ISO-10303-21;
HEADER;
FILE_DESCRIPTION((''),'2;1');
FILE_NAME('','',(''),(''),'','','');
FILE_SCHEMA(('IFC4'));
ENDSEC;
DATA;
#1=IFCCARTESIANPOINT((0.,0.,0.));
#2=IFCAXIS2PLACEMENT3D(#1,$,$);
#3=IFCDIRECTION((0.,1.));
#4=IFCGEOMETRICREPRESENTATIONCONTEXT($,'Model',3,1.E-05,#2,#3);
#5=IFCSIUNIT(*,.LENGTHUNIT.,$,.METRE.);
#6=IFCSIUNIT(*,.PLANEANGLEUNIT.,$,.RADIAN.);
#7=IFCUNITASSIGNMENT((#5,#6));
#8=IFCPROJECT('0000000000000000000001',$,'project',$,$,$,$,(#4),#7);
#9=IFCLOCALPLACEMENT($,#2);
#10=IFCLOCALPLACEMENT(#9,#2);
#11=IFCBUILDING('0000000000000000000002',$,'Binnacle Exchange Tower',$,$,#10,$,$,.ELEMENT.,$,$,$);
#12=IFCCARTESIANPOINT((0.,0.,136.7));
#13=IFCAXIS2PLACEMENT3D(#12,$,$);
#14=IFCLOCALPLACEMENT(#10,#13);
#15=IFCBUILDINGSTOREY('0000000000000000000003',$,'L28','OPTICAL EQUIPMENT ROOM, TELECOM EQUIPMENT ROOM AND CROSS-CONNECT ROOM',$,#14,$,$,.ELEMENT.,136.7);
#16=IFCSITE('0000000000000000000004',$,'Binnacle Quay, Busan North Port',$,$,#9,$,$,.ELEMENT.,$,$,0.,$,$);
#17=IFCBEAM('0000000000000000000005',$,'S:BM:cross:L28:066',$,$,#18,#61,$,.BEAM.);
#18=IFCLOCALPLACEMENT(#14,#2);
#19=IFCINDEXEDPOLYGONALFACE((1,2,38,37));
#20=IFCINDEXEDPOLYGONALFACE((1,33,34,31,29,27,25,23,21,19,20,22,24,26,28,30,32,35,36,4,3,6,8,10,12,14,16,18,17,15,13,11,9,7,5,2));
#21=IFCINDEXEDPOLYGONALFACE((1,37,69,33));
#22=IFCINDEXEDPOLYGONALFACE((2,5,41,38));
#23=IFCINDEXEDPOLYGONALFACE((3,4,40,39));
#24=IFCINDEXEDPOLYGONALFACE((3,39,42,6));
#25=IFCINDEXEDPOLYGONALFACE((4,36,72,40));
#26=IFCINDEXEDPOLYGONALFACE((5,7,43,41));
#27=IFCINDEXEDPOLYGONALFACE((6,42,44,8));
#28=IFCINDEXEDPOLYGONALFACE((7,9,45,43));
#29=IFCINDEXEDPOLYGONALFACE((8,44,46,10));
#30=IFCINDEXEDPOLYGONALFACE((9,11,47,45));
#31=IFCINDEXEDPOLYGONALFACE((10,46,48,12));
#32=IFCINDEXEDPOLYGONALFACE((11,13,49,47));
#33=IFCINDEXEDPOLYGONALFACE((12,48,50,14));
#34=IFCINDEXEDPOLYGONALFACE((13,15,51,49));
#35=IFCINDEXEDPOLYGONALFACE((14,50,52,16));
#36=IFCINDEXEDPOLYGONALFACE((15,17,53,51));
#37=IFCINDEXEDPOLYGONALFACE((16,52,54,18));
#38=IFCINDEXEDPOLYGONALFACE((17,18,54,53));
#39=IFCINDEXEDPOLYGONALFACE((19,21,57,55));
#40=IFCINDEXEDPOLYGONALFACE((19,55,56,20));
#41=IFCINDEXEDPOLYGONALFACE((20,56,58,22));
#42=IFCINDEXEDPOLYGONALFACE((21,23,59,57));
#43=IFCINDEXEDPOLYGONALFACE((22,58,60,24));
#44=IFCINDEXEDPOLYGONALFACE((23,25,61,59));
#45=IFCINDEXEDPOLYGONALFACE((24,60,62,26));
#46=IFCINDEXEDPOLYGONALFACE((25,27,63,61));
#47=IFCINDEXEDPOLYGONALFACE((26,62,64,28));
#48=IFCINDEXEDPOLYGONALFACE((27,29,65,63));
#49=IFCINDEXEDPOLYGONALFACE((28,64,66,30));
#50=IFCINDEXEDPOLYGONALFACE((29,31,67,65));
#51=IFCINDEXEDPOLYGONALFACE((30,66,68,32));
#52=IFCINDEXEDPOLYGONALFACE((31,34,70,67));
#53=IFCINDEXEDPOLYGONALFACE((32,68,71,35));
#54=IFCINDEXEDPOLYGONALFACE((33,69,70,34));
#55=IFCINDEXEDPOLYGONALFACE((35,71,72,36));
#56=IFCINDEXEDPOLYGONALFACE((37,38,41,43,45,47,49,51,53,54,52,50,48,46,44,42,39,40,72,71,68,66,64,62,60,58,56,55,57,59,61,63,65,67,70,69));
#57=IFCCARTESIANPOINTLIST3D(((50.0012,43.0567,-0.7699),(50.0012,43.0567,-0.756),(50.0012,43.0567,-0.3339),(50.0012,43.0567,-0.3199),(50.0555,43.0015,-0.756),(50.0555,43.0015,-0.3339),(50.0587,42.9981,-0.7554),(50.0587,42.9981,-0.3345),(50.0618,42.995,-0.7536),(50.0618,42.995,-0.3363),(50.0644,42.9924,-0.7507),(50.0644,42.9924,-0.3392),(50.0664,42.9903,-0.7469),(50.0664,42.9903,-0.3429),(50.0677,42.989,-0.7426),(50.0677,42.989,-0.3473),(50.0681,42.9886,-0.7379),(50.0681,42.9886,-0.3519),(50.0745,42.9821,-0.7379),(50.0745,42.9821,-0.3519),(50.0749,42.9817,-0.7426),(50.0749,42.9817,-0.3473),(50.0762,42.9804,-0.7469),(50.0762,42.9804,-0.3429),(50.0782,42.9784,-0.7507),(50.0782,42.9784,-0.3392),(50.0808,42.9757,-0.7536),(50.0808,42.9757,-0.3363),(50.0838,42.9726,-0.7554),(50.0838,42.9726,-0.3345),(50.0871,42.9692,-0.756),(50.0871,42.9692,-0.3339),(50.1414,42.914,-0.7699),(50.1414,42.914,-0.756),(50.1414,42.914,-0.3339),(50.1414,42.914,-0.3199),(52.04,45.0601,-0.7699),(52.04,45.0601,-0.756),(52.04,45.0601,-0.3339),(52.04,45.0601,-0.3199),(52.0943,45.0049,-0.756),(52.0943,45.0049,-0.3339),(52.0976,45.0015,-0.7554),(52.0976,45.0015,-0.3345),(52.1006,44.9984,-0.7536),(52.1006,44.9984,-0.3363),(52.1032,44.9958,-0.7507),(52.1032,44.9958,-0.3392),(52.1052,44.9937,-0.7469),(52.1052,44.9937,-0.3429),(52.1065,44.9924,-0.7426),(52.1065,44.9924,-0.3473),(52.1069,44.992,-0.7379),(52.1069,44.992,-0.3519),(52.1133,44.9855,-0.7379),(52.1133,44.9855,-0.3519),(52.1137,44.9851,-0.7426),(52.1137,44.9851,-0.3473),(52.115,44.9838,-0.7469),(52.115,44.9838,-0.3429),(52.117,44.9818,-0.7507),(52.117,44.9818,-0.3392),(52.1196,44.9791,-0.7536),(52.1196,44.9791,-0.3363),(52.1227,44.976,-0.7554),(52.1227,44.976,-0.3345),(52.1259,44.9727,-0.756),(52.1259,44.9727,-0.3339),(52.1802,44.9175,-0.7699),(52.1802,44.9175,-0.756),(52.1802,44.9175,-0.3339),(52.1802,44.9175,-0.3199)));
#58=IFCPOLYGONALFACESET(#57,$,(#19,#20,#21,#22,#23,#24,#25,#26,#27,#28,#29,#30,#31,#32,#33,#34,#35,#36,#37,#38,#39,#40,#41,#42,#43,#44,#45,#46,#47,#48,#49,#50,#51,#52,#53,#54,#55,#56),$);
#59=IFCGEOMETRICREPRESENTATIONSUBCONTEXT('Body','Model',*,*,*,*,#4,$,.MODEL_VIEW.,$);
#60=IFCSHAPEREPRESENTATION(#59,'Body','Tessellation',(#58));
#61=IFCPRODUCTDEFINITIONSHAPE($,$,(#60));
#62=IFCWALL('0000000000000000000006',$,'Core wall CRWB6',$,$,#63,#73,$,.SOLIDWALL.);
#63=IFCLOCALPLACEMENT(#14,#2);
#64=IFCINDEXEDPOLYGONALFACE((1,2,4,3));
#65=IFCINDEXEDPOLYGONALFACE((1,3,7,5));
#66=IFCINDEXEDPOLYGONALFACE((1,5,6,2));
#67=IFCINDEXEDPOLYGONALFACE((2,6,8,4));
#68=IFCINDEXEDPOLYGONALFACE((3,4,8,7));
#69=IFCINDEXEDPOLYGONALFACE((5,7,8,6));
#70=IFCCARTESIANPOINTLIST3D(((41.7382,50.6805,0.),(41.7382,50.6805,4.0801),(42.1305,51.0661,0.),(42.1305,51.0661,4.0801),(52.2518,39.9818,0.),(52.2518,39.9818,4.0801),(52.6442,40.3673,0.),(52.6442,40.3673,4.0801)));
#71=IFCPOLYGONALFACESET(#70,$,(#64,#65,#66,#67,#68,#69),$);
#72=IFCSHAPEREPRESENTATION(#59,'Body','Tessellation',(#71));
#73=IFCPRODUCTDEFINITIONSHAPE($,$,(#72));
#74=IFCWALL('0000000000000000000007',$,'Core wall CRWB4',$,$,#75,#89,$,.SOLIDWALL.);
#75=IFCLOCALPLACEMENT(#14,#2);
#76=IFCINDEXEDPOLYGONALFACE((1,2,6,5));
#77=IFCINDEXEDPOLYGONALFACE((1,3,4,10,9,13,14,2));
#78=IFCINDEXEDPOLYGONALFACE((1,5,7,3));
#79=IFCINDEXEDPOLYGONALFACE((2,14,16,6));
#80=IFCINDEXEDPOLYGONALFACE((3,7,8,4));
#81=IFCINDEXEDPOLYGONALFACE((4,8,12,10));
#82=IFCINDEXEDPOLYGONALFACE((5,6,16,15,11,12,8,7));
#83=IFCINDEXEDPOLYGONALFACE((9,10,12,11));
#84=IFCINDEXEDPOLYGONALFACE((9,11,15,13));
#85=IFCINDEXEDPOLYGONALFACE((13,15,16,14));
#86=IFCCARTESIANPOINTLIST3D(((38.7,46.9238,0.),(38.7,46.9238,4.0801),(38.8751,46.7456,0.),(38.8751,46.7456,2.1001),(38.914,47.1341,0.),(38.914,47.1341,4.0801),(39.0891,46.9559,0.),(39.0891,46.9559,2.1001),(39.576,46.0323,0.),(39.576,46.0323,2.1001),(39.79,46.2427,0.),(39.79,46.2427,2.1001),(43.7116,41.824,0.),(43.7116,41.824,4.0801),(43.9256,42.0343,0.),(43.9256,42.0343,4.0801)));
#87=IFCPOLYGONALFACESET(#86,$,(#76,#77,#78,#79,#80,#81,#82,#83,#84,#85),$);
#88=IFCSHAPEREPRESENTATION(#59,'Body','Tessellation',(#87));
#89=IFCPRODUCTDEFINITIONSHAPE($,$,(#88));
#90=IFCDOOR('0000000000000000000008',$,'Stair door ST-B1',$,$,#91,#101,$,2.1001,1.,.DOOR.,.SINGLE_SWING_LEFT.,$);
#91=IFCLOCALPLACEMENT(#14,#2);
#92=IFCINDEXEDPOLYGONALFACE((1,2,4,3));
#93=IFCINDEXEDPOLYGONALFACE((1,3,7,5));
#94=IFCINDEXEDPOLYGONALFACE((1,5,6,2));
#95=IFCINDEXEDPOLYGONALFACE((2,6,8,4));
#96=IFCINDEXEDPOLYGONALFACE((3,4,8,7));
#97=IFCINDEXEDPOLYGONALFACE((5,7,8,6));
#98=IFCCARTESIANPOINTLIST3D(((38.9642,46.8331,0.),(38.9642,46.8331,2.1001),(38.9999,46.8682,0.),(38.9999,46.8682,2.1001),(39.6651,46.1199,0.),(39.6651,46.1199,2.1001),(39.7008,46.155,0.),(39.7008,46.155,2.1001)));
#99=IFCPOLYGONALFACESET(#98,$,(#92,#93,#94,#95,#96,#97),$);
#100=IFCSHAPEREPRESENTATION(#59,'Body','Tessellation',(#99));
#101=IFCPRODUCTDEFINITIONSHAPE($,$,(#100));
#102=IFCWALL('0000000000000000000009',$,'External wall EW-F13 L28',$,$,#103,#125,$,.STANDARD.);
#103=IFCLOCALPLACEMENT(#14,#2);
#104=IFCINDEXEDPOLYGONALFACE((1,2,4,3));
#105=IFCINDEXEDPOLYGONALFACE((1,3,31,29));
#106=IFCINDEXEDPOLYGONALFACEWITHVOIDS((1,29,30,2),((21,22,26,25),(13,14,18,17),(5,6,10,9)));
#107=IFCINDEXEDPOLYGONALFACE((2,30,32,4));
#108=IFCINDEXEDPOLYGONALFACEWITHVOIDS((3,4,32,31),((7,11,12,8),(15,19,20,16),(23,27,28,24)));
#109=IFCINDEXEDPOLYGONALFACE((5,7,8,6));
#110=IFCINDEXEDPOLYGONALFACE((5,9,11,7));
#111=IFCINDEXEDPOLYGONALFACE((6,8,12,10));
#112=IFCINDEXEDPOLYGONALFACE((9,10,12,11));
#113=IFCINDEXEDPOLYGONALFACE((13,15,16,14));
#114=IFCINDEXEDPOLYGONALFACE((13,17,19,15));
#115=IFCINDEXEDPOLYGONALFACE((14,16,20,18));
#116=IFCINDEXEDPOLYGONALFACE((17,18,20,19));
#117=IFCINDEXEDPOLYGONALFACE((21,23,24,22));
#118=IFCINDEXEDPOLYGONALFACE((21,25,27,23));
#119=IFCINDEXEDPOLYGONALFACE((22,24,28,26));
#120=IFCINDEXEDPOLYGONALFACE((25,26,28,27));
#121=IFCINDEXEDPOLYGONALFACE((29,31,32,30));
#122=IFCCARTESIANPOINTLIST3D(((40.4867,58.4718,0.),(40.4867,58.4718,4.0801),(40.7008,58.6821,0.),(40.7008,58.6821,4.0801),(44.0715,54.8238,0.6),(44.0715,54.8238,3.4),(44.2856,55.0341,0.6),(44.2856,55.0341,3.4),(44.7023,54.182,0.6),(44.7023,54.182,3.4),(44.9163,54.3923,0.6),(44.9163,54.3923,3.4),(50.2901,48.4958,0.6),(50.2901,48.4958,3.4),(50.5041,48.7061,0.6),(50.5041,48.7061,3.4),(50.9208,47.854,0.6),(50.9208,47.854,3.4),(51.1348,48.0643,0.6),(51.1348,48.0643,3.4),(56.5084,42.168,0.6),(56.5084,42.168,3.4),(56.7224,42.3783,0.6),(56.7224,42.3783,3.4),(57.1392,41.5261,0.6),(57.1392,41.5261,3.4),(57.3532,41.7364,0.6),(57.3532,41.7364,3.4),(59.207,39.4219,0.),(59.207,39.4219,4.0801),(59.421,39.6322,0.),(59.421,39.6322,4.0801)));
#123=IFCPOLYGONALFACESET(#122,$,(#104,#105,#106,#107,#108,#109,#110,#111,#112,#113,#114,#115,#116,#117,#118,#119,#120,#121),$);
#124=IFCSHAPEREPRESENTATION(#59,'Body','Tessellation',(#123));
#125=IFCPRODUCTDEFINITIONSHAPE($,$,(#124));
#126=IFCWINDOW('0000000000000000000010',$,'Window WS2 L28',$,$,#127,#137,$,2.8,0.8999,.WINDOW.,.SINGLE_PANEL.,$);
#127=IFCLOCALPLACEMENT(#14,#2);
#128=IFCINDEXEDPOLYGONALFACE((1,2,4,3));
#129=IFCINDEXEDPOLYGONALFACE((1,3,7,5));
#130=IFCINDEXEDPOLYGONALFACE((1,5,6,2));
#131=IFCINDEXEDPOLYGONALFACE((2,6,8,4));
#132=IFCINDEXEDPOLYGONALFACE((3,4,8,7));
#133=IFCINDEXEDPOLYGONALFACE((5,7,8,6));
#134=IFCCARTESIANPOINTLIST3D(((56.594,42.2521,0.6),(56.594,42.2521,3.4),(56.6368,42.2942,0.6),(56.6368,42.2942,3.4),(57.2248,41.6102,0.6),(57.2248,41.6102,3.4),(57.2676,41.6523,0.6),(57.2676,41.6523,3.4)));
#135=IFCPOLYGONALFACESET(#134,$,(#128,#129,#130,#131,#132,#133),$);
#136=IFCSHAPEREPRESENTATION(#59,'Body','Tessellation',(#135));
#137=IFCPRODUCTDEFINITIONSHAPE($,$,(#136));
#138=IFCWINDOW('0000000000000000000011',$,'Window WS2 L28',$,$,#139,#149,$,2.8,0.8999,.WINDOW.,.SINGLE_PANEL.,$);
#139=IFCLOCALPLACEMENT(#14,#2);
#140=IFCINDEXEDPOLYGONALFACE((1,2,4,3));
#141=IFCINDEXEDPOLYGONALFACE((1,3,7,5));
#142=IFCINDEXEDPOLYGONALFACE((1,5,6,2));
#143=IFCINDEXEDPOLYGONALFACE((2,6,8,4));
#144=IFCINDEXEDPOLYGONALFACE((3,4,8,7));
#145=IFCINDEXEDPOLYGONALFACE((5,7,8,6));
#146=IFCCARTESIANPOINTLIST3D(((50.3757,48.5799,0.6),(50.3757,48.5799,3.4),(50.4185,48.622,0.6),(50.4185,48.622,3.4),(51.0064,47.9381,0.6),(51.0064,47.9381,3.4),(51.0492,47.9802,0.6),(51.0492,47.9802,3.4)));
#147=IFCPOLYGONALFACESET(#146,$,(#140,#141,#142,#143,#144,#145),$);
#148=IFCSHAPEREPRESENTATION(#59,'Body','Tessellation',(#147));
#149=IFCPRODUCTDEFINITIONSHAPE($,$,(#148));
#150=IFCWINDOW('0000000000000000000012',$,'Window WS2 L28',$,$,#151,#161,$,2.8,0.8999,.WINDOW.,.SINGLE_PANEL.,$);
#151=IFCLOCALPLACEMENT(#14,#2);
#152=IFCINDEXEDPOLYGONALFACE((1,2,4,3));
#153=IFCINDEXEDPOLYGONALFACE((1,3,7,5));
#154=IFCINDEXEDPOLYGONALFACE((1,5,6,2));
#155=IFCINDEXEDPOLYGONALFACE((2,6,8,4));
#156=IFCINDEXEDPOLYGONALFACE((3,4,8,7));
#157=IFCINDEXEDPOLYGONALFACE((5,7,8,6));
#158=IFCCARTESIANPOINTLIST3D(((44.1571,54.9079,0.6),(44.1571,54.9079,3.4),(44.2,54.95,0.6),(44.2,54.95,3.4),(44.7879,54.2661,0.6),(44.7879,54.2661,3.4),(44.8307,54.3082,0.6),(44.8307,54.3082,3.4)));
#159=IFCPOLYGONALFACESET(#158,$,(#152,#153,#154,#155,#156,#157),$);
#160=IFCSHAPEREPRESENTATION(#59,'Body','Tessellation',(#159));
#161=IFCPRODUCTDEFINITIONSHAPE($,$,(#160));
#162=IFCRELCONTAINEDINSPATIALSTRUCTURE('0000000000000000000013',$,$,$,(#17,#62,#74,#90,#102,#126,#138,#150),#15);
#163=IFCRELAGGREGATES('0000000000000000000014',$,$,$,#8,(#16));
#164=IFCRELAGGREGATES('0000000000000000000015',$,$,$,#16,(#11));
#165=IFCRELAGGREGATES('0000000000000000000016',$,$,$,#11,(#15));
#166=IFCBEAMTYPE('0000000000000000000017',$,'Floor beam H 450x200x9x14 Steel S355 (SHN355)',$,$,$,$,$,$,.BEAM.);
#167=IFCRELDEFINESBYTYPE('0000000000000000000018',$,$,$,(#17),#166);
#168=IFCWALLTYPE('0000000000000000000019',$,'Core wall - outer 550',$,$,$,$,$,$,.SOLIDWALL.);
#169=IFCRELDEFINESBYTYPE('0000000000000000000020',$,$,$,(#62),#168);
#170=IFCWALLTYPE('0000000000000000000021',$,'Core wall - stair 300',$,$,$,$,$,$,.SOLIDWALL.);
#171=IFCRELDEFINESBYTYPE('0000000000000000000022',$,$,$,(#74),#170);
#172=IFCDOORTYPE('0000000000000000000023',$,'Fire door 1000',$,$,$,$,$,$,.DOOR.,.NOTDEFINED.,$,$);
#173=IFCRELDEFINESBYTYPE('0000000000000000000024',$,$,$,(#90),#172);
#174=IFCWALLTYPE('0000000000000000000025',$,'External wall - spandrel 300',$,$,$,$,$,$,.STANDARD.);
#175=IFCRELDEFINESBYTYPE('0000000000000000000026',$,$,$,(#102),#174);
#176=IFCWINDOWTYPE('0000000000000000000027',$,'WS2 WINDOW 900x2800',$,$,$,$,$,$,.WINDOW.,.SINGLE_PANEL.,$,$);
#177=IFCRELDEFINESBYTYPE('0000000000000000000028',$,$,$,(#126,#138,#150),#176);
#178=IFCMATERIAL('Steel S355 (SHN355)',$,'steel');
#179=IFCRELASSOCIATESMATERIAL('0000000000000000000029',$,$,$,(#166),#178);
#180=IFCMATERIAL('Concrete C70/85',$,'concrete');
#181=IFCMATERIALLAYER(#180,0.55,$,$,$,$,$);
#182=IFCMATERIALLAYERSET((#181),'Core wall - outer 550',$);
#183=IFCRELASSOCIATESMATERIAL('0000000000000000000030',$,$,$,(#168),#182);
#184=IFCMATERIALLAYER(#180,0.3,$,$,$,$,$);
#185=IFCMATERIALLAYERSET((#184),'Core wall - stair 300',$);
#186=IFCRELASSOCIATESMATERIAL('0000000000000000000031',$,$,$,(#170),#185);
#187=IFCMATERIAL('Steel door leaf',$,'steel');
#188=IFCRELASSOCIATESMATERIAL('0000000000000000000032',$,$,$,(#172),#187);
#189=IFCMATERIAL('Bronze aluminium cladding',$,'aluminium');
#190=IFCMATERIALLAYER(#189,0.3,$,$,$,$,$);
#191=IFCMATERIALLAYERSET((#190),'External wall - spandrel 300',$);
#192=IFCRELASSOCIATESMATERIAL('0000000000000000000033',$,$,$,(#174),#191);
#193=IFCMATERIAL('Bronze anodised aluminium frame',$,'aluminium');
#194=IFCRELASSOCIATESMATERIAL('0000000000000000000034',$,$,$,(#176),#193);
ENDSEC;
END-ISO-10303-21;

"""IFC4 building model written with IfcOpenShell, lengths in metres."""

from ifc_helpers import new_model, si_unit, direction, frame, frame_2d, origin, origin_2d, place, context, subcontext, project, spatial, rectangle, i_section, extrude, material, layer, layer_set, material_profile, profile_set, type_object, element, fill, save


model = new_model("IFC4")

# Units and contexts
model_context = context("Model", 3, precision=1e-05, world=origin(), true_north=direction((0.0, 1.0)))
body_context = subcontext(model_context, "Body", "Model", "MODEL_VIEW")
ifc_project = project(units=[si_unit("LENGTHUNIT", "METRE"), si_unit("PLANEANGLEUNIT", "RADIAN")], contexts=[model_context])

# Site, building, storey
site_placement = place(None, origin())
site = spatial("IfcSite", under=ifc_project, at=site_placement, Name="Binnacle Quay, Busan North Port", CompositionType="ELEMENT", RefElevation=0.0)
building_placement = place(site_placement, origin())
building = spatial("IfcBuilding", under=site, at=building_placement, Name="Binnacle Exchange Tower", CompositionType="ELEMENT")
storey_placement = place(building_placement, frame((0.0, 0.0, 136.7)))
storey = spatial("IfcBuildingStorey", under=building, at=storey_placement, Name="L28", Description="OPTICAL EQUIPMENT ROOM, TELECOM EQUIPMENT ROOM AND CROSS-CONNECT ROOM", CompositionType="ELEMENT", Elevation=136.7)

# Shared definitions
ifc_material_1 = material(Name="Concrete C70/85", Category="concrete")

# Beam
ifc_material_2 = material(Name="Steel S355 (SHN355)", Category="steel")
ifc_material_profile_1 = material_profile(ifc_material_2, i_section(OverallWidth=0.2, OverallDepth=0.45, WebThickness=0.009, FlangeThickness=0.0139, FilletRadius=0.0181, at=origin_2d()), Name="H 450x200x9x14")
ifc_profile_set_1 = profile_set([ifc_material_profile_1], Name="Steel S355 (SHN355)")
beam_type_1 = type_object("IfcBeamType", Name="Floor beam H 450x200x9x14 Steel S355 (SHN355)", PredefinedType="BEAM", material=ifc_profile_set_1)
for number, where, z_axis, x_axis, name in (
    (1, (52.1101, 44.9888, -0.5449), (-0.713272, -0.700887, 0.0), (0.700887, -0.713272, 0.0), "S:BM:cross:L28:066"),
):
    element("IfcBeam", number, at=place(storey_placement, frame(where, z_axis=z_axis, x_axis=x_axis)), inside=storey, type_object=beam_type_1, Name=name, PredefinedType="BEAM", context=body_context, shape_type="SweptSolid", body=[
        extrude(i_section(OverallWidth=0.2, OverallDepth=0.45, WebThickness=0.009, FlangeThickness=0.0139, FilletRadius=0.0181, at=origin_2d()), origin(), (0.0, 0.0, 1.0), 2.8584),
    ])

# Wall
ifc_layer_1 = layer(ifc_material_1, 0.55)
ifc_layer_set_1 = layer_set([ifc_layer_1], Name="Core wall - outer 550")
wall_type_1 = type_object("IfcWallType", Name="Core wall - outer 550", PredefinedType="SOLIDWALL", material=ifc_layer_set_1)
wall_1_placement = place(storey_placement, frame((41.9343, 50.8733, 0.0), z_axis=(0.0, 0.0, 1.0), x_axis=(0.700911, -0.713248, 0.0)))
element("IfcWall", 2, at=wall_1_placement, inside=storey, type_object=wall_type_1, Name="Core wall CRWB6", PredefinedType="SOLIDWALL", context=body_context, shape_type="SweptSolid", body=[
    extrude(rectangle(XDim=15.0, YDim=0.55, at=frame_2d((7.5, 0.0))), origin(), (0.0, 0.0, 1.0), 4.0801),
])

# Wall, opening, door
ifc_layer_2 = layer(ifc_material_1, 0.3)
ifc_layer_set_2 = layer_set([ifc_layer_2], Name="Core wall - stair 300")
wall_type_2 = type_object("IfcWallType", Name="Core wall - stair 300", PredefinedType="SOLIDWALL", material=ifc_layer_set_2)
wall_2_placement = place(storey_placement, frame((38.8069, 47.0291, 0.0), z_axis=(0.0, 0.0, 1.0), x_axis=(0.700917, -0.713243, 0.0)))
wall_2 = element("IfcWall", 3, at=wall_2_placement, inside=storey, type_object=wall_type_2, Name="Core wall CRWB4", PredefinedType="SOLIDWALL", context=body_context, shape_type="SweptSolid", body=[
    extrude(rectangle(XDim=7.1501, YDim=0.3, at=frame_2d((3.5752, 0.0))), origin(), (0.0, 0.0, 1.0), 4.0801),
])
opening_1_placement = place(wall_2_placement, frame((0.25, 0.0, 0.0)))
opening_1 = element("IfcOpeningElement", 4, at=opening_1_placement, cuts=wall_2, PredefinedType="OPENING", context=body_context, shape_type="SweptSolid", body=[
    extrude(rectangle(XDim=1.0, YDim=2.1001, at=frame_2d((0.5, 1.05))), frame((0.0, 0.1599, 0.0), z_axis=(0.0, -1.0, 0.0), x_axis=(1.0, 0.0, 0.0)), (0.0, 0.0, 1.0), 0.3201),
])
ifc_material_3 = material(Name="Steel door leaf", Category="steel")
door_type = type_object("IfcDoorType", Name="Fire door 1000", OperationType="NOTDEFINED", PredefinedType="DOOR", material=ifc_material_3)
door_1_placement = place(opening_1_placement, origin())
door_1 = element("IfcDoor", 5, at=door_1_placement, inside=storey, type_object=door_type, Name="Stair door ST-B1", OperationType="SINGLE_SWING_LEFT", OverallHeight=2.1001, OverallWidth=1.0, PredefinedType="DOOR", context=body_context, shape_type="SweptSolid", body=[
    extrude(rectangle(XDim=1.0, YDim=2.1001, at=frame_2d((0.5, 1.05))), frame((0.0, 0.0249, 0.0), z_axis=(0.0, -1.0, 0.0), x_axis=(1.0, 0.0, 0.0)), (0.0, 0.0, 1.0), 0.05),
])
fill(opening_1, door_1)

# Wall, openings, windows
ifc_material_4 = material(Name="Bronze aluminium cladding", Category="aluminium")
ifc_layer_3 = layer(ifc_material_4, 0.3)
ifc_layer_set_3 = layer_set([ifc_layer_3], Name="External wall - spandrel 300")
wall_type_3 = type_object("IfcWallType", Name="External wall - spandrel 300", PredefinedType="STANDARD", material=ifc_layer_set_3)
wall_3_placement = place(storey_placement, frame((40.5938, 58.5769, 0.0), z_axis=(0.0, 0.0, 1.0), x_axis=(0.70091, -0.71325, 0.0)))
wall_3 = element("IfcWall", 6, at=wall_3_placement, inside=storey, type_object=wall_type_3, Name="External wall EW-F13 L28", PredefinedType="STANDARD", context=body_context, shape_type="SweptSolid", body=[
    extrude(rectangle(XDim=26.7085, YDim=0.3, at=frame_2d((13.3542, 0.0))), origin(), (0.0, 0.0, 1.0), 4.0801),
])
opening_2_placement = place(wall_3_placement, frame((22.8584, 0.0, 0.6001)))
opening_2 = element("IfcOpeningElement", 7, at=opening_2_placement, cuts=wall_3, PredefinedType="OPENING", context=body_context, shape_type="SweptSolid", body=[
    extrude(rectangle(XDim=0.8999, YDim=2.8, at=frame_2d((0.45, 1.3999))), frame((0.0, 0.1599, 0.0), z_axis=(0.0, -1.0, 0.0), x_axis=(1.0, 0.0, 0.0)), (0.0, 0.0, 1.0), 0.3201),
])
opening_3_placement = place(wall_3_placement, frame((13.9866, 0.0, 0.6001)))
opening_3 = element("IfcOpeningElement", 8, at=opening_3_placement, cuts=wall_3, PredefinedType="OPENING", context=body_context, shape_type="SweptSolid", body=[
    extrude(rectangle(XDim=0.8999, YDim=2.8, at=frame_2d((0.45, 1.3999))), frame((0.0, 0.1599, 0.0), z_axis=(0.0, -1.0, 0.0), x_axis=(1.0, 0.0, 0.0)), (0.0, 0.0, 1.0), 0.3201),
])
opening_4_placement = place(wall_3_placement, frame((5.1145, 0.0, 0.6001)))
opening_4 = element("IfcOpeningElement", 9, at=opening_4_placement, cuts=wall_3, PredefinedType="OPENING", context=body_context, shape_type="SweptSolid", body=[
    extrude(rectangle(XDim=0.8999, YDim=2.8, at=frame_2d((0.45, 1.3999))), frame((0.0, 0.1599, 0.0), z_axis=(0.0, -1.0, 0.0), x_axis=(1.0, 0.0, 0.0)), (0.0, 0.0, 1.0), 0.3201),
])
ifc_material_5 = material(Name="Bronze anodised aluminium frame", Category="aluminium")
window_type = type_object("IfcWindowType", Name="WS2 WINDOW 900x2800", PartitioningType="SINGLE_PANEL", PredefinedType="WINDOW", material=ifc_material_5)
window_1_placement = place(opening_2_placement, origin())
window_1 = element("IfcWindow", 10, at=window_1_placement, inside=storey, type_object=window_type, Name="Window WS2 L28", OverallHeight=2.8, OverallWidth=0.8999, PartitioningType="SINGLE_PANEL", PredefinedType="WINDOW", context=body_context, shape_type="SweptSolid", body=[
    extrude(rectangle(XDim=0.8999, YDim=2.8, at=frame_2d((0.45, 1.3999))), frame((0.0, 0.03, 0.0), z_axis=(0.0, -1.0, 0.0), x_axis=(1.0, 0.0, 0.0)), (0.0, 0.0, 1.0), 0.0601),
])
fill(opening_2, window_1)
window_2_placement = place(opening_3_placement, origin())
window_2 = element("IfcWindow", 11, at=window_2_placement, inside=storey, type_object=window_type, Name="Window WS2 L28", OverallHeight=2.8, OverallWidth=0.8999, PartitioningType="SINGLE_PANEL", PredefinedType="WINDOW", context=body_context, shape_type="SweptSolid", body=[
    extrude(rectangle(XDim=0.8999, YDim=2.8, at=frame_2d((0.45, 1.3999))), frame((0.0, 0.03, 0.0), z_axis=(0.0, -1.0, 0.0), x_axis=(1.0, 0.0, 0.0)), (0.0, 0.0, 1.0), 0.0601),
])
fill(opening_3, window_2)
window_3_placement = place(opening_4_placement, origin())
window_3 = element("IfcWindow", 12, at=window_3_placement, inside=storey, type_object=window_type, Name="Window WS2 L28", OverallHeight=2.8, OverallWidth=0.8999, PartitioningType="SINGLE_PANEL", PredefinedType="WINDOW", context=body_context, shape_type="SweptSolid", body=[
    extrude(rectangle(XDim=0.8999, YDim=2.8, at=frame_2d((0.45, 1.3999))), frame((0.0, 0.03, 0.0), z_axis=(0.0, -1.0, 0.0), x_axis=(1.0, 0.0, 0.0)), (0.0, 0.0, 1.0), 0.0601),
])
fill(opening_4, window_3)

save(model, "model.ifc")
